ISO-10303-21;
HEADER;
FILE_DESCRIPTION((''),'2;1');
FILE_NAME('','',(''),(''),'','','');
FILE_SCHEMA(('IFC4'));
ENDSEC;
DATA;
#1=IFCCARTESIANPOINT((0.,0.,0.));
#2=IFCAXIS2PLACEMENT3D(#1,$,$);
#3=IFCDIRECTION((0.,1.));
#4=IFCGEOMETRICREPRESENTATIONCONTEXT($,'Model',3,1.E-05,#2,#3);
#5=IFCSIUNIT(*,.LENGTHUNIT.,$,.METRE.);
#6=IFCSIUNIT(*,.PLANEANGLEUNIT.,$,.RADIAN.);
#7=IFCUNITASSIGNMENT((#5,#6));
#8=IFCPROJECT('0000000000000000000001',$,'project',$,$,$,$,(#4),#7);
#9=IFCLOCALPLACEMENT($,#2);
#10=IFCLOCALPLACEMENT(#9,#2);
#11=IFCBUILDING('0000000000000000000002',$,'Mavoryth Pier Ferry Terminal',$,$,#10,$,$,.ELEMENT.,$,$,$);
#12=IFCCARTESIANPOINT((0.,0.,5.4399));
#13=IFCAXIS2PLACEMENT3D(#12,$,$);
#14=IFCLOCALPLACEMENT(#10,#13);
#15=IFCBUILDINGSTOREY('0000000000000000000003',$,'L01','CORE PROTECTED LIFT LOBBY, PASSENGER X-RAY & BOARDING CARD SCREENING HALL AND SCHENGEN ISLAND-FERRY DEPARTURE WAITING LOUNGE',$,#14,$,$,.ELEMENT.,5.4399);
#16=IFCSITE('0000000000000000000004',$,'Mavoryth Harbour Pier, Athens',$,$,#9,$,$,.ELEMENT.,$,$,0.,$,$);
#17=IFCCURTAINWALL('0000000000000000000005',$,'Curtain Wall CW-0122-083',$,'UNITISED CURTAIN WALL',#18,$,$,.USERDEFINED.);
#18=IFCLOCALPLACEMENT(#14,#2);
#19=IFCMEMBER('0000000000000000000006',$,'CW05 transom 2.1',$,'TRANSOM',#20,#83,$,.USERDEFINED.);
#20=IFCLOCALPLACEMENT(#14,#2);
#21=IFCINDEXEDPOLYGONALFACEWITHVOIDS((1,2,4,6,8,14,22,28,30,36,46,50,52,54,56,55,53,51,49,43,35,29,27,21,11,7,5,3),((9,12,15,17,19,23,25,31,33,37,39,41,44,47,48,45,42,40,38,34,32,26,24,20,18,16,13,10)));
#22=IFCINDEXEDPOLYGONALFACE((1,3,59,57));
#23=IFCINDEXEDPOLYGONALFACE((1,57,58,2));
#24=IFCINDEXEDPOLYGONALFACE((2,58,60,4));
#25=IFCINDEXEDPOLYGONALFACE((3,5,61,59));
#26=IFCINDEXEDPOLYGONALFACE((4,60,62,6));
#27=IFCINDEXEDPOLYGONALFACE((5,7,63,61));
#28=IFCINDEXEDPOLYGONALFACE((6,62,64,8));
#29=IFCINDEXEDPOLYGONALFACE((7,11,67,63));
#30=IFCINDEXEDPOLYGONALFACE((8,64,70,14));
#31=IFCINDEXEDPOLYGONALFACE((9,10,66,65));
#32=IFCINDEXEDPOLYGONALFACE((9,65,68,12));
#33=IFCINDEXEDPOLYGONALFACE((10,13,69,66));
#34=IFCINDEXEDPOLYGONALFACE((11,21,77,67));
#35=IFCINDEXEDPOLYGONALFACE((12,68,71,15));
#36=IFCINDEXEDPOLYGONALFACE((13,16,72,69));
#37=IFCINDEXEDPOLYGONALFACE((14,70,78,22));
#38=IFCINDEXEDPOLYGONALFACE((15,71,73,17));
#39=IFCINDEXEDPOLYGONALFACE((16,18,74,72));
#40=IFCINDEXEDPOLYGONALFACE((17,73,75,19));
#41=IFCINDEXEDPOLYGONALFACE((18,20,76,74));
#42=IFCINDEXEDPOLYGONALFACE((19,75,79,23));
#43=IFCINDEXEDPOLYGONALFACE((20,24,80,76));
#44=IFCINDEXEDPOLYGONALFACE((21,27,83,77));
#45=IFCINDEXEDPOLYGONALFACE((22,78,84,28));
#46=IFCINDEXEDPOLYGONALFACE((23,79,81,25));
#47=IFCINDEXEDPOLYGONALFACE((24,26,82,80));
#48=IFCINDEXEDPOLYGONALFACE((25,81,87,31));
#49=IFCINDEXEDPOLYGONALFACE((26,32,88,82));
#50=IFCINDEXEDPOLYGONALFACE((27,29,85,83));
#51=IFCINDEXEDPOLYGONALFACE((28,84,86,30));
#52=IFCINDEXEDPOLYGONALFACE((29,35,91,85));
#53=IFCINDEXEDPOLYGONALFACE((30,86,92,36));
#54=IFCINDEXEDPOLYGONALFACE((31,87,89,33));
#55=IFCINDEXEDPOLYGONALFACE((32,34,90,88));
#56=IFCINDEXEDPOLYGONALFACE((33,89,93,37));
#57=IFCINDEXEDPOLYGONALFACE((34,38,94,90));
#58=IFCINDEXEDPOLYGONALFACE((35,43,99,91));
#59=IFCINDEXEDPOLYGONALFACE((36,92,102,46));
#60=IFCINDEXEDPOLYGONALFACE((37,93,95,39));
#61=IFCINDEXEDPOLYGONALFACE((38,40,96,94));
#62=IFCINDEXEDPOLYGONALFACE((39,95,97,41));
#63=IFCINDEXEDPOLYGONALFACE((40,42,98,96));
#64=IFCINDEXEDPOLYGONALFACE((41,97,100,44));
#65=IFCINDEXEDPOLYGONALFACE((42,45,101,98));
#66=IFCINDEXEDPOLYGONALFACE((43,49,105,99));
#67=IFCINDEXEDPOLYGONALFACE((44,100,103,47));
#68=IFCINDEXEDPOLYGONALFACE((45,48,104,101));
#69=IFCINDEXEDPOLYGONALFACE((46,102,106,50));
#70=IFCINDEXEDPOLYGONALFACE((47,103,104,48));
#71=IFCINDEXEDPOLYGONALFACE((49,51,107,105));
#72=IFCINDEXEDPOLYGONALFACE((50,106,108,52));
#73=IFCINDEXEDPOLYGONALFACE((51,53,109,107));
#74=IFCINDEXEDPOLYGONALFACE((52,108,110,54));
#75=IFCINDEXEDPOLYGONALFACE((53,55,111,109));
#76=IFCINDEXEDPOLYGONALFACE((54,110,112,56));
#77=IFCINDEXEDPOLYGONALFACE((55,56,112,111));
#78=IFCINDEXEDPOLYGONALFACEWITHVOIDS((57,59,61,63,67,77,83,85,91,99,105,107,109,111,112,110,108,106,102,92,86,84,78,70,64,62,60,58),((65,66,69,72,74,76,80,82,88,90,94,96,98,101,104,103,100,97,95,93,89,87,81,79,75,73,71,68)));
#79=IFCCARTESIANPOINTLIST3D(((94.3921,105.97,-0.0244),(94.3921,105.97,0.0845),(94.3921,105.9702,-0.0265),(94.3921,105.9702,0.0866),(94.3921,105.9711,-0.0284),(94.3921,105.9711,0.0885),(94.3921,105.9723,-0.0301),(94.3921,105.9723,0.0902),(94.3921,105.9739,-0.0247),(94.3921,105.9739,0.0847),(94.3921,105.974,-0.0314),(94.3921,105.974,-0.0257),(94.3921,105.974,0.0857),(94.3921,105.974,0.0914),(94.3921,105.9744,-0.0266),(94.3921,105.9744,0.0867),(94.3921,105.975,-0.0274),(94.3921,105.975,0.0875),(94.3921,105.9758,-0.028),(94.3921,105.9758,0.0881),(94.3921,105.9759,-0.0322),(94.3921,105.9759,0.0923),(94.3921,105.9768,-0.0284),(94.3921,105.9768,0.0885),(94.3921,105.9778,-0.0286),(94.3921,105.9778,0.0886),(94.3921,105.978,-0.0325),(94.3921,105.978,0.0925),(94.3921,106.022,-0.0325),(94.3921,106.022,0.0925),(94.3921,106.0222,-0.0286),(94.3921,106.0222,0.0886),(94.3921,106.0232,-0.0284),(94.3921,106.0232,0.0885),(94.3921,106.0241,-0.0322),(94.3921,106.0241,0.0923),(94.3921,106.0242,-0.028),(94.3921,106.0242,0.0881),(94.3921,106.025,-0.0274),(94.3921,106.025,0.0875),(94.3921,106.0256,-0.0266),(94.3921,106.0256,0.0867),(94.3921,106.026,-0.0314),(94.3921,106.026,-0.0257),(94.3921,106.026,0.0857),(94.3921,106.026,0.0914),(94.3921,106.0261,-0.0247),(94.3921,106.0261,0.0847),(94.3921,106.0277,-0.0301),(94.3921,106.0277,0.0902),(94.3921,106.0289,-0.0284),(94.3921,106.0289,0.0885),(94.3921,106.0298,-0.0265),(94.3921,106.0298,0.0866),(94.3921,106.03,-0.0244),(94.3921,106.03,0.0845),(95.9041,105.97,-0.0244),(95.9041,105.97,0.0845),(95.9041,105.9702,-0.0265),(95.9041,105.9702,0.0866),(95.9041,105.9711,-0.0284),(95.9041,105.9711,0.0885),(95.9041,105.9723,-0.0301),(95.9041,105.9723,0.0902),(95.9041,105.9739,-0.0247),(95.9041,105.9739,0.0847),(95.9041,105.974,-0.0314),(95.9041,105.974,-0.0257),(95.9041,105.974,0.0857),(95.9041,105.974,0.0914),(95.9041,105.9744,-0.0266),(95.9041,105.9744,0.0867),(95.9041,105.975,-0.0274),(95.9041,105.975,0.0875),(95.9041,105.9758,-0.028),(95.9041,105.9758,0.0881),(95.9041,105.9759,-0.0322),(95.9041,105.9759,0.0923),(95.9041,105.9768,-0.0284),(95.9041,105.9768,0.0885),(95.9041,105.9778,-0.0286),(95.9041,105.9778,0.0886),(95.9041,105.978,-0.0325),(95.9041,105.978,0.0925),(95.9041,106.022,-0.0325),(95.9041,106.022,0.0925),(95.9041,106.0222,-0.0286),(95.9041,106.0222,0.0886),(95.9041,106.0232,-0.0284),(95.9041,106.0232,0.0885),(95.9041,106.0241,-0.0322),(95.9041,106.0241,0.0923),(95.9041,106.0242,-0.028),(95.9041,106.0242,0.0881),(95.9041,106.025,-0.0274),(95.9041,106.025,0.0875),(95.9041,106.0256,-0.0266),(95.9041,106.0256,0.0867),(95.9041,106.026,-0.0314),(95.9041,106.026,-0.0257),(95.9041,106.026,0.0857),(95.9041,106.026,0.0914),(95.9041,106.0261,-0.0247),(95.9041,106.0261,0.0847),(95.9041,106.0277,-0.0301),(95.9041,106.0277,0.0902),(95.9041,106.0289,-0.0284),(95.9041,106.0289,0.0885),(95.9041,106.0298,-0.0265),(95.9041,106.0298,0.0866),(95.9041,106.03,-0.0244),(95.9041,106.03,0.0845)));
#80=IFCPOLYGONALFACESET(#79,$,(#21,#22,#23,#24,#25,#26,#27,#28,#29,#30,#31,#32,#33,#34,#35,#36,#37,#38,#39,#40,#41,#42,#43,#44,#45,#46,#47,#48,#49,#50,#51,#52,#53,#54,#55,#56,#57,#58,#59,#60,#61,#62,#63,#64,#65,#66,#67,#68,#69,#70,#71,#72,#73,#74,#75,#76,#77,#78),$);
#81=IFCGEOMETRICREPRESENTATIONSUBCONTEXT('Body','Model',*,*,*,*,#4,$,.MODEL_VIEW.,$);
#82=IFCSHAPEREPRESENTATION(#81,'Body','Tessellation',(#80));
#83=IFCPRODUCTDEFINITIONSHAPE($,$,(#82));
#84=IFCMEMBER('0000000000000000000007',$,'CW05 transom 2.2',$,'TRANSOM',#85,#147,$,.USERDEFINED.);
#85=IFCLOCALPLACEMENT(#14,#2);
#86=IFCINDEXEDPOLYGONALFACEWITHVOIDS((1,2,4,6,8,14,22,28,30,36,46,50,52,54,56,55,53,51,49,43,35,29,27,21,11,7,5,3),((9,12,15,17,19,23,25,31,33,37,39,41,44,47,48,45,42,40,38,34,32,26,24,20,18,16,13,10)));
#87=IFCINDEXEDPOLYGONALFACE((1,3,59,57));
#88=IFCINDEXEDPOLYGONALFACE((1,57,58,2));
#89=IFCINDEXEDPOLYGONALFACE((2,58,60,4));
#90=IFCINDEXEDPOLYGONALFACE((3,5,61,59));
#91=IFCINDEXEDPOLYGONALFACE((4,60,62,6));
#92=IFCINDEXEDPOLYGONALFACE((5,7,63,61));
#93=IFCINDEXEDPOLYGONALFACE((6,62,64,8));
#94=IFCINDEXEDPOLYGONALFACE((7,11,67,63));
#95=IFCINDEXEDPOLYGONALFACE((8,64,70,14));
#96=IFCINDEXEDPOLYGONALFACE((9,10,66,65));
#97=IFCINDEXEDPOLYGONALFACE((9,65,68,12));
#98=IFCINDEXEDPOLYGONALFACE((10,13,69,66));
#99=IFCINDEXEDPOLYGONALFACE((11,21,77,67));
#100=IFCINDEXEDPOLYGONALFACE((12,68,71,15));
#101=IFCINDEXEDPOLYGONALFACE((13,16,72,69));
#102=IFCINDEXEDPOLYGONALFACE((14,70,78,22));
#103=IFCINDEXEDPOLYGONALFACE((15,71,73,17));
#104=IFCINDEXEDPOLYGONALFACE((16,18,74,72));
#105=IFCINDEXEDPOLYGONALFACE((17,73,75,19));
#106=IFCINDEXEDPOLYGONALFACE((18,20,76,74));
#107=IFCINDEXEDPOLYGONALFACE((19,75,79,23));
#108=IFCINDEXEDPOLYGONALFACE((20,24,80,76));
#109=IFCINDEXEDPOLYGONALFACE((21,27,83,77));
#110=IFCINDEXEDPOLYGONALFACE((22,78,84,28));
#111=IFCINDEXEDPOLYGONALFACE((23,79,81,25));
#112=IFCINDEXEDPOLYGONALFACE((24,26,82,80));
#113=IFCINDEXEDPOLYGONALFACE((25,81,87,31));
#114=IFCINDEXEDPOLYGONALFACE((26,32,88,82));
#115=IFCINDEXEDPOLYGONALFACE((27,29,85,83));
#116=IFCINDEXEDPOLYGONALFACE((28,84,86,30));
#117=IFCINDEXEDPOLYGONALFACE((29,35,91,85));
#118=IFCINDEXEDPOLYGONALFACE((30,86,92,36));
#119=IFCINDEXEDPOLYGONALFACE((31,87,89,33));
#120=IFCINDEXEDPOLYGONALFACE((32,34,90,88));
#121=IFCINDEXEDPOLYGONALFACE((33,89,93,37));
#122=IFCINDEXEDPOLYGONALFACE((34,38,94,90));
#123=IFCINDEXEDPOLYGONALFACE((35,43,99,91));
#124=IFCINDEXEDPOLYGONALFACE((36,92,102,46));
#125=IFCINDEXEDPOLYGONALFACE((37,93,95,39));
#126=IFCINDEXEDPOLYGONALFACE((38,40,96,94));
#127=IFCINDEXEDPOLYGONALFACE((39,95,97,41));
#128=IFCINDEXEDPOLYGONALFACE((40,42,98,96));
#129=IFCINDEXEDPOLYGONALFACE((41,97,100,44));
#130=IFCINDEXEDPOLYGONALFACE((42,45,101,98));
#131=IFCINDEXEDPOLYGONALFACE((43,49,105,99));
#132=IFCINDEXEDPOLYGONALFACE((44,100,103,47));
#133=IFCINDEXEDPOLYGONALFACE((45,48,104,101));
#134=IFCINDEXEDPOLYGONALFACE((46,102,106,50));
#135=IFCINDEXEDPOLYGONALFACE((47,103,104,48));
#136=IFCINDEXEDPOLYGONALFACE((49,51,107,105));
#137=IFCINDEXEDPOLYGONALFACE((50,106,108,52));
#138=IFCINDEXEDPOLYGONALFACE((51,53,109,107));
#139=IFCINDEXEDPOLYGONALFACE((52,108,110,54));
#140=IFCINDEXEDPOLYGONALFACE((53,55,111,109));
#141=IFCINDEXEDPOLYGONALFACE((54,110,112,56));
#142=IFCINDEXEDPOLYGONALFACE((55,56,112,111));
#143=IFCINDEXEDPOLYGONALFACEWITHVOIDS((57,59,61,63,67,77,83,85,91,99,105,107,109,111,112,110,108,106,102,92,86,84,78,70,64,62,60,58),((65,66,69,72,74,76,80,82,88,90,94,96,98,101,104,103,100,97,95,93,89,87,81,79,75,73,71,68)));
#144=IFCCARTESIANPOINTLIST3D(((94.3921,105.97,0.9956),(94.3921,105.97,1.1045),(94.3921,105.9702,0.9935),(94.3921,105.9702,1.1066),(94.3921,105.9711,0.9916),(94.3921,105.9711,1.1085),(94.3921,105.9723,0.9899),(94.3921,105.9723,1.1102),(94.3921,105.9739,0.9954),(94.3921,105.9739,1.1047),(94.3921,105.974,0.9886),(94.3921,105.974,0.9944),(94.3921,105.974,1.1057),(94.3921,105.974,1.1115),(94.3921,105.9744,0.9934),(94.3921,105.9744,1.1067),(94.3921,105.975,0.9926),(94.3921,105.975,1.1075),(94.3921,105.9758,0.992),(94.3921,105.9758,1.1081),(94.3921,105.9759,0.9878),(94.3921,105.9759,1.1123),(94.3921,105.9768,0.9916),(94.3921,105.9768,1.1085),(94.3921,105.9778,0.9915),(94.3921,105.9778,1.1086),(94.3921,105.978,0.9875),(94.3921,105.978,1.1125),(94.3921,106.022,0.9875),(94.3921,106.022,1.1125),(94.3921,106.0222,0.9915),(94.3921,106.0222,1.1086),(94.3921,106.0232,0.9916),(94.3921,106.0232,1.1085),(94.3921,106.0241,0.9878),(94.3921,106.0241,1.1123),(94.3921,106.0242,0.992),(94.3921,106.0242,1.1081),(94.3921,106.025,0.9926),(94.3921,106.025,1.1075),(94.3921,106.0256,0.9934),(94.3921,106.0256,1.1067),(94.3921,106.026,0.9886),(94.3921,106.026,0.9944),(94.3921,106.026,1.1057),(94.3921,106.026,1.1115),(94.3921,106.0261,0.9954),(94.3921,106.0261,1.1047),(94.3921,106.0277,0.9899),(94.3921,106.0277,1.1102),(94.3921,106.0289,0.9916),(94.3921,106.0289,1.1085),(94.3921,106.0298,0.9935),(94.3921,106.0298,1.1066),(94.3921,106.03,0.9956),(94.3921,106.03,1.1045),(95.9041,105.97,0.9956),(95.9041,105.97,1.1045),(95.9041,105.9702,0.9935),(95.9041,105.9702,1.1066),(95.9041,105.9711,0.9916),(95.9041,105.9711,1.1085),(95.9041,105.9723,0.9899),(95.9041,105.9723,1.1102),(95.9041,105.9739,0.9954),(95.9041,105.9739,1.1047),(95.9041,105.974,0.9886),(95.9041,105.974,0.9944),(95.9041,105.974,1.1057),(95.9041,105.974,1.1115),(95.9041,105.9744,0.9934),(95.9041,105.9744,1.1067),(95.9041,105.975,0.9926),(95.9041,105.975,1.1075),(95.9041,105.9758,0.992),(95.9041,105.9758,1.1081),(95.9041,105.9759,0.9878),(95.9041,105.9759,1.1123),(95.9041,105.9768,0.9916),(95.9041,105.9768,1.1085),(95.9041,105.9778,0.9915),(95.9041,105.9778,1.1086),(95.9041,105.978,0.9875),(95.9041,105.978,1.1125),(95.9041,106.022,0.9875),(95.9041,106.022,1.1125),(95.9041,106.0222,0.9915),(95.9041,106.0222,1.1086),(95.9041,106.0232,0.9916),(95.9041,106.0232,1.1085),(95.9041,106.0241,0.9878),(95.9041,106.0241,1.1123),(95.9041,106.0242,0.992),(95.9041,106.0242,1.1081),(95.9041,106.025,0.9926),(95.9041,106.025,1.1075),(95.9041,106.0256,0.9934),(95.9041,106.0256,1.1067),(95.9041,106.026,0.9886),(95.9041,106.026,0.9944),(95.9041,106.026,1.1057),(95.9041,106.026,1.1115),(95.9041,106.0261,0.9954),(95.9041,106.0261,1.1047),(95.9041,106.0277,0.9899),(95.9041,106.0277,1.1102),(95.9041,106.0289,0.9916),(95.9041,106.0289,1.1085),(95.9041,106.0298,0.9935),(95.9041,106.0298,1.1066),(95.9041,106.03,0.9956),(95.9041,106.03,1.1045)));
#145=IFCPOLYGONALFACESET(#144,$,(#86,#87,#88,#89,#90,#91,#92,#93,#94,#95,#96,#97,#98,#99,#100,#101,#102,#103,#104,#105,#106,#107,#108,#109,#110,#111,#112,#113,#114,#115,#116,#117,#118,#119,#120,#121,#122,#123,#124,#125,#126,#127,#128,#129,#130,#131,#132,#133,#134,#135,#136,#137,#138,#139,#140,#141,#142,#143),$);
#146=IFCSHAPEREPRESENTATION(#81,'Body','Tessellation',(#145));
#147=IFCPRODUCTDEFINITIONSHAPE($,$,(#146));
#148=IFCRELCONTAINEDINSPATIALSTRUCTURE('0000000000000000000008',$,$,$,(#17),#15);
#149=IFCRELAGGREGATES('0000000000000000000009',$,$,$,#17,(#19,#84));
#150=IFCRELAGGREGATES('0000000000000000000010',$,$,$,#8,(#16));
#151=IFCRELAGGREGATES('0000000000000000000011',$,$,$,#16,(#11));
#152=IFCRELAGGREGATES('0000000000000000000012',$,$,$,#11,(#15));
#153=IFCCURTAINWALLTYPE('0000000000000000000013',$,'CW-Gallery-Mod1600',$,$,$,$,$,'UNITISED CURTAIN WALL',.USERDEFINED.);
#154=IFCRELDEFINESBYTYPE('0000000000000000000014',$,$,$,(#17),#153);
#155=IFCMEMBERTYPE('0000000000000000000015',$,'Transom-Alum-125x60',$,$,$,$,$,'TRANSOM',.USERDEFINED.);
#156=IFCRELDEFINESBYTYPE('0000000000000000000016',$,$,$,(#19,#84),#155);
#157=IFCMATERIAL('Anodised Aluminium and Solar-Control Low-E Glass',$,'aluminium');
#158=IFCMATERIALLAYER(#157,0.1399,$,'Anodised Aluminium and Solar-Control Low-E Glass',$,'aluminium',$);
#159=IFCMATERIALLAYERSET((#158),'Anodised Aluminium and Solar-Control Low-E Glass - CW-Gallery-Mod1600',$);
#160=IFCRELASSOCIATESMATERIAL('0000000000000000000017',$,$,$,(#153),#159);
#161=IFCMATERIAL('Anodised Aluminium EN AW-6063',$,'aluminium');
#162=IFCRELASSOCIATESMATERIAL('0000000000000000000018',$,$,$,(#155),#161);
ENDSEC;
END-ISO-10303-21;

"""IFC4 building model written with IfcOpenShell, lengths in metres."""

from ifc_helpers import new_model, si_unit, direction, frame, origin, origin_2d, place, context, subcontext, project, spatial, hollow_rectangle, extrude, material, layer, layer_set, material_profile, profile_set, type_object, element, aggregate, save


model = new_model("IFC4")

# Units and contexts
model_context = context("Model", 3, precision=1e-05, world=origin(), true_north=direction((0.0, 1.0)))
body_context = subcontext(model_context, "Body", "Model", "MODEL_VIEW")
ifc_project = project(units=[si_unit("LENGTHUNIT", "METRE"), si_unit("PLANEANGLEUNIT", "RADIAN")], contexts=[model_context])

# Site, building, storey
site_placement = place(None, origin())
site = spatial("IfcSite", under=ifc_project, at=site_placement, Name="Mavoryth Harbour Pier, Athens", CompositionType="ELEMENT", RefElevation=0.0)
building_placement = place(site_placement, origin())
building = spatial("IfcBuilding", under=site, at=building_placement, Name="Mavoryth Pier Ferry Terminal", CompositionType="ELEMENT")
storey_placement = place(building_placement, frame((0.0, 0.0, 5.4399)))
storey = spatial("IfcBuildingStorey", under=building, at=storey_placement, Name="L01", Description="CORE PROTECTED LIFT LOBBY, PASSENGER X-RAY & BOARDING CARD SCREENING HALL AND SCHENGEN ISLAND-FERRY DEPARTURE WAITING LOUNGE", CompositionType="ELEMENT", Elevation=5.4399)

# Shared definitions
ifc_material_1 = material(Name="Anodised Aluminium and Solar-Control Low-E Glass", Category="aluminium")
ifc_material_2 = material(Name="Anodised Aluminium EN AW-6063", Category="aluminium")

# Curtain wall
ifc_layer_1 = layer(ifc_material_1, 0.1399, Name="Anodised Aluminium and Solar-Control Low-E Glass", Category="aluminium")
ifc_layer_set_1 = layer_set([ifc_layer_1], Name="Anodised Aluminium and Solar-Control Low-E Glass - CW-Gallery-Mod1600")
curtain_wall_type_1 = type_object("IfcCurtainWallType", Name="CW-Gallery-Mod1600", ElementType="UNITISED CURTAIN WALL", PredefinedType="USERDEFINED", material=ifc_layer_set_1)
curtain_wall_1_placement = place(storey_placement, origin())
curtain_wall_1 = element("IfcCurtainWall", 1, at=curtain_wall_1_placement, inside=storey, type_object=curtain_wall_type_1, Name="Curtain Wall CW-0122-083", ObjectType="UNITISED CURTAIN WALL", PredefinedType="USERDEFINED")

# Members
ifc_material_profile_1 = material_profile(ifc_material_2, hollow_rectangle(XDim=0.0601, YDim=0.125, WallThickness=0.0039, InnerFilletRadius=0.0039, OuterFilletRadius=0.0081, at=origin_2d()), Name="AL-TRAN 125x60x4", Category="aluminium")
ifc_profile_set_1 = profile_set([ifc_material_profile_1], Name="Anodised Aluminium EN AW-6063 - AL-TRAN 125x60x4")
member_type_1 = type_object("IfcMemberType", Name="Transom-Alum-125x60", ElementType="TRANSOM", PredefinedType="USERDEFINED", material=ifc_profile_set_1)
member_1_placement = place(storey_placement, frame((94.3921, 106.0, 0.03), z_axis=(1.0, 0.0, 0.0), x_axis=(0.0, 1.0, 0.0)))
member_1 = element("IfcMember", 2, at=member_1_placement, type_object=member_type_1, Name="CW05 transom 2.1", ObjectType="TRANSOM", PredefinedType="USERDEFINED", context=body_context, shape_type="SweptSolid", body=[
    extrude(hollow_rectangle(XDim=0.0601, YDim=0.125, WallThickness=0.0039, InnerFilletRadius=0.0039, OuterFilletRadius=0.0081, at=origin_2d()), origin(), (0.0, 0.0, 1.0), 1.512),
])
member_2_placement = place(storey_placement, frame((94.3921, 106.0, 1.05), z_axis=(1.0, 0.0, 0.0), x_axis=(0.0, 1.0, 0.0)))
member_2 = element("IfcMember", 3, at=member_2_placement, type_object=member_type_1, Name="CW05 transom 2.2", ObjectType="TRANSOM", PredefinedType="USERDEFINED", context=body_context, shape_type="SweptSolid", body=[
    extrude(hollow_rectangle(XDim=0.0601, YDim=0.125, WallThickness=0.0039, InnerFilletRadius=0.0039, OuterFilletRadius=0.0081, at=origin_2d()), origin(), (0.0, 0.0, 1.0), 1.512),
])

aggregate(curtain_wall_1, [member_1, member_2])

save(model, "model.ifc")
